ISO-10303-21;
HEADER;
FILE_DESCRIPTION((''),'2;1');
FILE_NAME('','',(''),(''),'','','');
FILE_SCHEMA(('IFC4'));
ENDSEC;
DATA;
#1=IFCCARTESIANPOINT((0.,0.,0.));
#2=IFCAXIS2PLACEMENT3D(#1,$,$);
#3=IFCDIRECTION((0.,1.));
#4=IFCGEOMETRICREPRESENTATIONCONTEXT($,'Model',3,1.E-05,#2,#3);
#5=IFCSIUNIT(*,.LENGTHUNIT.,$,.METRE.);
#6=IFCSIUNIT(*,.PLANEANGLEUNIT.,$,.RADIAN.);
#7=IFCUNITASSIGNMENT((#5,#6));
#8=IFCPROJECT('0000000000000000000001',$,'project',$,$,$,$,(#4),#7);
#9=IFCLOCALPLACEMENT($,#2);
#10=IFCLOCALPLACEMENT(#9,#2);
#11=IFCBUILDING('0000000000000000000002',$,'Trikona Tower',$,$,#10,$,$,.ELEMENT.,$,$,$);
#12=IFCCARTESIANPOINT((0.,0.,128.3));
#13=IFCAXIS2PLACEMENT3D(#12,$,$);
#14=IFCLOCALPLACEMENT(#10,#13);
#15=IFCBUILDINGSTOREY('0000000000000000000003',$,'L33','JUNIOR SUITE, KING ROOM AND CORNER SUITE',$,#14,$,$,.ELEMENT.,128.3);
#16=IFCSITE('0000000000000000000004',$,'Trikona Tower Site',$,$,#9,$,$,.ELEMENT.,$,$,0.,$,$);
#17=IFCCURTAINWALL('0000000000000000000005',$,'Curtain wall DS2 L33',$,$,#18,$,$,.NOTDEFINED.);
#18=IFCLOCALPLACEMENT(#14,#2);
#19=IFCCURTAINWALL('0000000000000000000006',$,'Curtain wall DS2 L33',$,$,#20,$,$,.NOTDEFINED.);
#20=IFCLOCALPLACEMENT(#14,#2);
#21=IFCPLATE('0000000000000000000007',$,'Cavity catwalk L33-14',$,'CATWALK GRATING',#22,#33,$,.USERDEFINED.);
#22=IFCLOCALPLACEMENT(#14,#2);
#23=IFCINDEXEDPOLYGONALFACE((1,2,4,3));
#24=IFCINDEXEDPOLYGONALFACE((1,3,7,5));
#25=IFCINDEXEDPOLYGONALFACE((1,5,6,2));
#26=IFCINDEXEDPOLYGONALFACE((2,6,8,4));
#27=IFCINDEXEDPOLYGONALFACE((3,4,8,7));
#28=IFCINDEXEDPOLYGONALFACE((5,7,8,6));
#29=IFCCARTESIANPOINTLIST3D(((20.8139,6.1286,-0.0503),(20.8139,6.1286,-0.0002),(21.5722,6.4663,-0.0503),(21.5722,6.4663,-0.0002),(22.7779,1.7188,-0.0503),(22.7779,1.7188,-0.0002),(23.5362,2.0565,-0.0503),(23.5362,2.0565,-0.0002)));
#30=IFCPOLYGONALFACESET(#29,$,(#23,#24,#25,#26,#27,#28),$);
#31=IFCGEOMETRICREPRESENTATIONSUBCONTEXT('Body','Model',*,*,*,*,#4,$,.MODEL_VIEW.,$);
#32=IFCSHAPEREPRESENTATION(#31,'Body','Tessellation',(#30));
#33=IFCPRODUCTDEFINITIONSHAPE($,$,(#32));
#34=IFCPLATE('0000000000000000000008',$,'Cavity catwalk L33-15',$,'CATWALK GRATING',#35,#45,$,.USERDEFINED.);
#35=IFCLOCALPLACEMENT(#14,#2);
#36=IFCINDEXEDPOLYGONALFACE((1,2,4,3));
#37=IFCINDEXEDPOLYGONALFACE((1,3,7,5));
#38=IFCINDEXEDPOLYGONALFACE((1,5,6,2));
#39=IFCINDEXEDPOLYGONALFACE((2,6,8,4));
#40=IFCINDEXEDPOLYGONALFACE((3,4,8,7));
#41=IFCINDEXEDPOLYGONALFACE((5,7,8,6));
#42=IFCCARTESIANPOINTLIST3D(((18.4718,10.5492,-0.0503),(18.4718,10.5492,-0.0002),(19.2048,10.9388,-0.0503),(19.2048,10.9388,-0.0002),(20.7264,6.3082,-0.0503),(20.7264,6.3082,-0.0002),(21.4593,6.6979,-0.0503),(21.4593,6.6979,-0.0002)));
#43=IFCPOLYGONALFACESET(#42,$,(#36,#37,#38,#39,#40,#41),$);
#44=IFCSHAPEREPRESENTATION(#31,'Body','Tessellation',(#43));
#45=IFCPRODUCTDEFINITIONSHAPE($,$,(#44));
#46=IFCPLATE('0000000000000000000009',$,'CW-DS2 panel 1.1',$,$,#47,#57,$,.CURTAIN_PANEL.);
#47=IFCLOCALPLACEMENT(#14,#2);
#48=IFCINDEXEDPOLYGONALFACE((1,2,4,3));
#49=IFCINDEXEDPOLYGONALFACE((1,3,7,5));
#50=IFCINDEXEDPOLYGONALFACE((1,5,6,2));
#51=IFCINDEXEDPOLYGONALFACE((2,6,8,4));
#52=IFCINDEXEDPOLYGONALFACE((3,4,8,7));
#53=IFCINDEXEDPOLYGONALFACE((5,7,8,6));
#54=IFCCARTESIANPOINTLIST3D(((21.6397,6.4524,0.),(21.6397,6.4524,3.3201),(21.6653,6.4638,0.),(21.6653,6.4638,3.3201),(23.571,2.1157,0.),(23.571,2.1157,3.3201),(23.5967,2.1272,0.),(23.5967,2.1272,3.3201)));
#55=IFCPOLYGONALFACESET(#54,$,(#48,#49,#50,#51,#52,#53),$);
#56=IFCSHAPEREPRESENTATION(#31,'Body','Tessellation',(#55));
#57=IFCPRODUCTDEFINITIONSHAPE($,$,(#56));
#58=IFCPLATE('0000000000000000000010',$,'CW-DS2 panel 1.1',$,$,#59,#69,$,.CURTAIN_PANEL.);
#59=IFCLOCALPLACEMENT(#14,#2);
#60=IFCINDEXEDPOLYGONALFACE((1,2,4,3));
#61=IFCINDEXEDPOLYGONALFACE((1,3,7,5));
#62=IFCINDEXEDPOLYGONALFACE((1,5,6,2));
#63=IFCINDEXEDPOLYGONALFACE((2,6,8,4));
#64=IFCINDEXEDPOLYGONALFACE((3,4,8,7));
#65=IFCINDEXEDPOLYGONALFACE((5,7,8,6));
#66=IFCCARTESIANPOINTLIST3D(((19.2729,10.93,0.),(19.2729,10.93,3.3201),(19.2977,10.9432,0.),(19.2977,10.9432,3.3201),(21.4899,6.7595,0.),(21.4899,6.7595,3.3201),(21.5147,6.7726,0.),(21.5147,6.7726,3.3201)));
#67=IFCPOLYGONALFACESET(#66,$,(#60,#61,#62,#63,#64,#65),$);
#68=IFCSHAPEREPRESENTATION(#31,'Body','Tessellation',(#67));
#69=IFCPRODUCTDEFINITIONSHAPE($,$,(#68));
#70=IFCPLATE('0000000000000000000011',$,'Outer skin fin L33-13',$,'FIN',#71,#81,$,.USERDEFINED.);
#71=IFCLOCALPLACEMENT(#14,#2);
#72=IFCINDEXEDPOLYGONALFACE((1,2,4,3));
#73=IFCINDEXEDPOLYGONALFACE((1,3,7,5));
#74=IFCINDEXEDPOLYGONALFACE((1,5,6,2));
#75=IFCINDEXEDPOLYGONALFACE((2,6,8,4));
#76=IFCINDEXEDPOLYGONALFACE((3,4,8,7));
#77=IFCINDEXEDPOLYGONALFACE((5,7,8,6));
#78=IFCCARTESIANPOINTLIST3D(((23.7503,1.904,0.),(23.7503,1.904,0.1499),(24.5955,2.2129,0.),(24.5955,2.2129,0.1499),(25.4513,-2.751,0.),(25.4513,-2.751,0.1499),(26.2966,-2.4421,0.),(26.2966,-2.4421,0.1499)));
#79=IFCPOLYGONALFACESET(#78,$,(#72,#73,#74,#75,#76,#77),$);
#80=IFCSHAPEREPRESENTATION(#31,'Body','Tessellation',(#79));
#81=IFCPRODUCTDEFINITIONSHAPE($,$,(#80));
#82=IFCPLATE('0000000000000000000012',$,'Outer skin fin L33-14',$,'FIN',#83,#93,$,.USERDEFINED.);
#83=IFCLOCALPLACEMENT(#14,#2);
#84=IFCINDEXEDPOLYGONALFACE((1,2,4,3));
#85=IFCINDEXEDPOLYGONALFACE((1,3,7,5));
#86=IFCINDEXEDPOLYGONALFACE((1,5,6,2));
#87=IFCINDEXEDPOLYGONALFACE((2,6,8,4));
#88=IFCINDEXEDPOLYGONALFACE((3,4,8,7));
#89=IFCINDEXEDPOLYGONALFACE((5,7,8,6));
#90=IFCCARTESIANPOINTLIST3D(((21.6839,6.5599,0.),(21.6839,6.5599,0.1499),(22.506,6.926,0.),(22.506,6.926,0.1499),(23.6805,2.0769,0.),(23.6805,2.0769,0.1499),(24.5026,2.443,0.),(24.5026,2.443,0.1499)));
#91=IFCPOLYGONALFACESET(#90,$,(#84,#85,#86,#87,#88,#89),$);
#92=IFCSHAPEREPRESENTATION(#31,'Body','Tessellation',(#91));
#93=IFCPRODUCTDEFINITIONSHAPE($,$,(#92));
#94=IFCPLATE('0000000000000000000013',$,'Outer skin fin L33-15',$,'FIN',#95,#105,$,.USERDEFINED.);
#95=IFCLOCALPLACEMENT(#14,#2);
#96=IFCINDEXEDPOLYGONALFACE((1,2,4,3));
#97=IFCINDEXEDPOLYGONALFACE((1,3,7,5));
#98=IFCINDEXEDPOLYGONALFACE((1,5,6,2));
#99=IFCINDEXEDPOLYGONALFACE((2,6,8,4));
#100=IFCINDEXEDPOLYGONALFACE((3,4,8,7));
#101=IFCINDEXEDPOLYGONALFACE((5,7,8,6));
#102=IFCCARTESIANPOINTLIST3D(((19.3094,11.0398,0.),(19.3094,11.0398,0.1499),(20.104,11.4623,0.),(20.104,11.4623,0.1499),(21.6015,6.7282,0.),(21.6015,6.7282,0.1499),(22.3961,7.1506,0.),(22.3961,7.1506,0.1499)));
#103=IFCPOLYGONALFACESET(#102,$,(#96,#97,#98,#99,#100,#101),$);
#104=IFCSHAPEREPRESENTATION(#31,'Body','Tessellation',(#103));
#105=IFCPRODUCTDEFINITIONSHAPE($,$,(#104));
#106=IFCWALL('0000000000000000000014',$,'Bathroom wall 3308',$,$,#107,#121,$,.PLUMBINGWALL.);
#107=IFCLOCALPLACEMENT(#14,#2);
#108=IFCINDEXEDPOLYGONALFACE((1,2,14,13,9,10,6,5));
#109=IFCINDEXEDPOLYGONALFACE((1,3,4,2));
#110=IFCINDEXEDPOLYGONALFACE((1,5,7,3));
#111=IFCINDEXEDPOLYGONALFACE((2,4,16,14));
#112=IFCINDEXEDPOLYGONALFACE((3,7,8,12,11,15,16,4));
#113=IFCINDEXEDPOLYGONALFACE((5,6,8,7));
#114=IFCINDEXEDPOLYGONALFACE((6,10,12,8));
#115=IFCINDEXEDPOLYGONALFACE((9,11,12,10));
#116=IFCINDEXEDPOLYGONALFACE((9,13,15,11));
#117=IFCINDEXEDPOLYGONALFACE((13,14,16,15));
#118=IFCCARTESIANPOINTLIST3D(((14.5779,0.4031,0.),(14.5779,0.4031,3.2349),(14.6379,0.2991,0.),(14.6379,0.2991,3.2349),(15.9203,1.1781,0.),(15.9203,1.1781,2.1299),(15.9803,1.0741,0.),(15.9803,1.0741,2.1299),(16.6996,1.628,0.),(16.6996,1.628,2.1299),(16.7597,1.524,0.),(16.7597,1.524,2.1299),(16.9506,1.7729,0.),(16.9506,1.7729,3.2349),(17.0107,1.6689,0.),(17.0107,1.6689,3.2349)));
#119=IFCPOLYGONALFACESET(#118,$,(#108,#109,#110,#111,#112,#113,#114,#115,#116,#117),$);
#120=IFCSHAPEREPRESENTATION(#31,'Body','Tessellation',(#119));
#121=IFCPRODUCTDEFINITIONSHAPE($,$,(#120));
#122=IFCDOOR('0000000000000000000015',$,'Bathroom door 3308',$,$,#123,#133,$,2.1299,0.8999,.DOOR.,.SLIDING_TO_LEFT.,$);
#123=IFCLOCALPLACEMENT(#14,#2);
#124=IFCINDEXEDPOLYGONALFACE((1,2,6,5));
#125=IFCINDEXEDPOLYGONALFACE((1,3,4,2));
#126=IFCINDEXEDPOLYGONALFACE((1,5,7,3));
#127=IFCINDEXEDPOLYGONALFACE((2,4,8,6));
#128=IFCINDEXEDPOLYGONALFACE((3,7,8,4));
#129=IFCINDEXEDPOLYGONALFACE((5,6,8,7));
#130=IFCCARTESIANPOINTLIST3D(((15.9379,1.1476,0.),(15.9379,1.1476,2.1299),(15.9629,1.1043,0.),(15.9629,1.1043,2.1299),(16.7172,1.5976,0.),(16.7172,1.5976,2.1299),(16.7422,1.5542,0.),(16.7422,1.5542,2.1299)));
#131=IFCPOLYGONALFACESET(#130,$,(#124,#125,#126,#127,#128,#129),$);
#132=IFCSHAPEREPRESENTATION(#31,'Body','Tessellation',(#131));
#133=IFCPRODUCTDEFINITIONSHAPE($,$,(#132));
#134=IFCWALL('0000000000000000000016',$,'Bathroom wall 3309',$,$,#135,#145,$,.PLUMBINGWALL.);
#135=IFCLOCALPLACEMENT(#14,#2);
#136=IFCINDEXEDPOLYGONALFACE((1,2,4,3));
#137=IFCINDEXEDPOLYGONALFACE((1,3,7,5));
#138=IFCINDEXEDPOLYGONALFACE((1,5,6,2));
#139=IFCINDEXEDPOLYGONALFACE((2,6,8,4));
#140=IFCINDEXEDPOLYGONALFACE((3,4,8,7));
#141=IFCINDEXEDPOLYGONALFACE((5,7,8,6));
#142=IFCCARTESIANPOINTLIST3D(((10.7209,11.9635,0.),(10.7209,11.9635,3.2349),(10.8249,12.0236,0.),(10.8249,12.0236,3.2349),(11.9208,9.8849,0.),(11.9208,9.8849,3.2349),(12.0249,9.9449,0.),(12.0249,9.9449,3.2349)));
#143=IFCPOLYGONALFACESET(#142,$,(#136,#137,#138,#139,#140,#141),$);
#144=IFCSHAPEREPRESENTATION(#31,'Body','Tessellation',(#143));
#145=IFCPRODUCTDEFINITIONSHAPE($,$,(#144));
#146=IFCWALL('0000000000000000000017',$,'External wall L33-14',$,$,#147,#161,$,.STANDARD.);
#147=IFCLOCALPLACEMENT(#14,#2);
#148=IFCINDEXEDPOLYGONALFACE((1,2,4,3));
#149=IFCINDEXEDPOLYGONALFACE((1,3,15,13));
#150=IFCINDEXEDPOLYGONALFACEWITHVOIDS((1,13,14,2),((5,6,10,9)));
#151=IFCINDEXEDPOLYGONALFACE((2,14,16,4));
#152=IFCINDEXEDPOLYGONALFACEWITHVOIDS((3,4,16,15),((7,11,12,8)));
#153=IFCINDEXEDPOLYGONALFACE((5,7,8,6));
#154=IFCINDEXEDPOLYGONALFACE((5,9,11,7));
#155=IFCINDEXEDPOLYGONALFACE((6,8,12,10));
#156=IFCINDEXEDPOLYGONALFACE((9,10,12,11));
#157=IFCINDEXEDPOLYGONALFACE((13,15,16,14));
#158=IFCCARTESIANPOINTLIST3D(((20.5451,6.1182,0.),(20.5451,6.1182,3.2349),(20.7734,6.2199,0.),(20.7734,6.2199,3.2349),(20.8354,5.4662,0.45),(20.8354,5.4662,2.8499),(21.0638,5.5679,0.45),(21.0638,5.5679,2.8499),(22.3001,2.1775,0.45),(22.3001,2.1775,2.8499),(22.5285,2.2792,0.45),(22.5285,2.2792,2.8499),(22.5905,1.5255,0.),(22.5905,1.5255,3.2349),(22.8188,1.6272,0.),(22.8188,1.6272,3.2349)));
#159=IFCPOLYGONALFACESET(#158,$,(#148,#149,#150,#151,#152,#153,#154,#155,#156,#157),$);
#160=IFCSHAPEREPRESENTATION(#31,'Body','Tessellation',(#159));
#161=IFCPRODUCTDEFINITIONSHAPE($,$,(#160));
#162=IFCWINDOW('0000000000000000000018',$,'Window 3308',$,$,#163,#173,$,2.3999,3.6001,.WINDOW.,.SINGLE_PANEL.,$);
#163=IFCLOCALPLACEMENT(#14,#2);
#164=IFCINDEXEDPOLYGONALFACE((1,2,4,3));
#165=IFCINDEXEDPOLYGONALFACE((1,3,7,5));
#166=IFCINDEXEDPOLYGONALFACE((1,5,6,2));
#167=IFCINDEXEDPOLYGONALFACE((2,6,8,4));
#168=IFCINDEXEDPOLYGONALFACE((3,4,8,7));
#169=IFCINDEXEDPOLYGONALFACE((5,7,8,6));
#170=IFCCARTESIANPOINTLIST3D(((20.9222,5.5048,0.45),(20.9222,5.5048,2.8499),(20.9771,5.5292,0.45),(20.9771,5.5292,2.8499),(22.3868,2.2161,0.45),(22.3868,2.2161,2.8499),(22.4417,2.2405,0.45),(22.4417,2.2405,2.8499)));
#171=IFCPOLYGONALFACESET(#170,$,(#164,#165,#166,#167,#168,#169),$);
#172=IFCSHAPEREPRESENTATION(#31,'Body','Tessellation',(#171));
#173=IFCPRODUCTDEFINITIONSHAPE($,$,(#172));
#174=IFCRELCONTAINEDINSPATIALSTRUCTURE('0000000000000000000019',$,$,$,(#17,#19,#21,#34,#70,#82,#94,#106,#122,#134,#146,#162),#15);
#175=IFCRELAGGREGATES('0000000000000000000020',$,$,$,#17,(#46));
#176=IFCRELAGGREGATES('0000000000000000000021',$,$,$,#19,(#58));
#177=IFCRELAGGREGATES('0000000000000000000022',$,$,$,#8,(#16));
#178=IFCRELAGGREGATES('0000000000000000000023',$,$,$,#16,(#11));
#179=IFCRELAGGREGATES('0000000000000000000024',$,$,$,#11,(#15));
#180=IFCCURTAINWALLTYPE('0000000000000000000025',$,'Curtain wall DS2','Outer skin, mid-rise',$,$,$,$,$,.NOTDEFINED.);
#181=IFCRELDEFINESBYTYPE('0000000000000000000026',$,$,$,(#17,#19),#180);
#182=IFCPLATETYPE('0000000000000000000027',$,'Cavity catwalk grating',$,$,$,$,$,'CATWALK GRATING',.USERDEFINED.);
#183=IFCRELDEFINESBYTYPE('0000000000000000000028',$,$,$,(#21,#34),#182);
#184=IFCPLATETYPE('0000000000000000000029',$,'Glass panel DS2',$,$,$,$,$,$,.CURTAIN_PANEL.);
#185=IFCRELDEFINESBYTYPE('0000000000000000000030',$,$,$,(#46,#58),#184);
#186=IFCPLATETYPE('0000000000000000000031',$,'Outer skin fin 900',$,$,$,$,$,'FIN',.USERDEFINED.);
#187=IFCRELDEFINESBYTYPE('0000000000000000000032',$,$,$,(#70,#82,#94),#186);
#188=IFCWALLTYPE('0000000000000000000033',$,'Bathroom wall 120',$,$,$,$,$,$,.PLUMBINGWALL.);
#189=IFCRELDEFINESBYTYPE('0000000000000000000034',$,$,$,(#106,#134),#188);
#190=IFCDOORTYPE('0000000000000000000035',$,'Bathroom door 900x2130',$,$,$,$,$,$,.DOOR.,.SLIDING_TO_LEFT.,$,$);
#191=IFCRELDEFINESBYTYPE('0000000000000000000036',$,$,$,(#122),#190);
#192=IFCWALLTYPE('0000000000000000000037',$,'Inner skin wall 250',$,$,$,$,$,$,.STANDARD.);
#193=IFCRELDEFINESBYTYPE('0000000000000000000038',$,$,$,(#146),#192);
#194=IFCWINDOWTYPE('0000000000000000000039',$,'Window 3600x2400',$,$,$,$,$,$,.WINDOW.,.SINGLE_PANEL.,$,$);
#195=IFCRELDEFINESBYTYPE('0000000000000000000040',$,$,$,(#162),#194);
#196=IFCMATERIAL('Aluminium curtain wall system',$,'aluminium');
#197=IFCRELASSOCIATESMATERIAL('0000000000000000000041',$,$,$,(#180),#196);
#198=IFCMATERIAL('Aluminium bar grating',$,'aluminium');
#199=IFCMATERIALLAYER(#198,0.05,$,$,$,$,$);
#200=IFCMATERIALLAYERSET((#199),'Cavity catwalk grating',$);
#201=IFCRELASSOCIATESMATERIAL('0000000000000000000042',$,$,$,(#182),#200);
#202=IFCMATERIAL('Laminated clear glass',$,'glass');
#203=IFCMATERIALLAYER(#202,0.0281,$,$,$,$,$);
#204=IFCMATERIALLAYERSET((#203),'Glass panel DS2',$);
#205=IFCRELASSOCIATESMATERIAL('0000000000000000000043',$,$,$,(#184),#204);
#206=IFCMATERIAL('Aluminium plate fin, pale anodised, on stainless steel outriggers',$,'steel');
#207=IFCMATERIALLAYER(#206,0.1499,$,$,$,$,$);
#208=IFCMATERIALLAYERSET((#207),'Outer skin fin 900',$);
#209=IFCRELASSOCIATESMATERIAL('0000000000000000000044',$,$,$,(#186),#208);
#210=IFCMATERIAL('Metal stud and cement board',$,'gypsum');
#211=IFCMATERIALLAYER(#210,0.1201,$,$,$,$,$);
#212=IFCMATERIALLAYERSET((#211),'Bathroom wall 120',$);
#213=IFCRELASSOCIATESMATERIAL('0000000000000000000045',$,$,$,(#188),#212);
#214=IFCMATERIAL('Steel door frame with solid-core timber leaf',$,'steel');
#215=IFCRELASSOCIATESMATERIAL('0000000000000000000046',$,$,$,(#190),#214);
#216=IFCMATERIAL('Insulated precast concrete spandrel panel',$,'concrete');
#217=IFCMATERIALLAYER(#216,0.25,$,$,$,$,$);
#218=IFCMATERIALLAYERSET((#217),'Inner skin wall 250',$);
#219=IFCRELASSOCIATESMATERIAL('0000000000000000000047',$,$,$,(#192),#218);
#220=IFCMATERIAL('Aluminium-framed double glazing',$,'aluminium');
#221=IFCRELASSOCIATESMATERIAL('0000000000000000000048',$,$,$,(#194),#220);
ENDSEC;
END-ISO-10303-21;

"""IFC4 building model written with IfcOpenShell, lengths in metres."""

from ifc_helpers import new_model, si_unit, direction, frame, frame_2d, origin, origin_2d, place, context, subcontext, project, spatial, rectangle, extrude, material, layer, layer_set, type_object, element, fill, aggregate, save


model = new_model("IFC4")

# Units and contexts
model_context = context("Model", 3, precision=1e-05, world=origin(), true_north=direction((0.0, 1.0)))
body_context = subcontext(model_context, "Body", "Model", "MODEL_VIEW")
ifc_project = project(units=[si_unit("LENGTHUNIT", "METRE"), si_unit("PLANEANGLEUNIT", "RADIAN")], contexts=[model_context])

# Site, building, storey
site_placement = place(None, origin())
site = spatial("IfcSite", under=ifc_project, at=site_placement, Name="Trikona Tower Site", CompositionType="ELEMENT", RefElevation=0.0)
building_placement = place(site_placement, origin())
building = spatial("IfcBuilding", under=site, at=building_placement, Name="Trikona Tower", CompositionType="ELEMENT")
storey_placement = place(building_placement, frame((0.0, 0.0, 128.3)))
storey = spatial("IfcBuildingStorey", under=building, at=storey_placement, Name="L33", Description="JUNIOR SUITE, KING ROOM AND CORNER SUITE", CompositionType="ELEMENT", Elevation=128.3)

# Shared definitions
ifc_material_1 = material(Name="Aluminium curtain wall system", Category="aluminium")
curtain_wall_type = type_object("IfcCurtainWallType", Name="Curtain wall DS2", Description="Outer skin, mid-rise", PredefinedType="NOTDEFINED", material=ifc_material_1)

# Curtain walls
curtain_wall_1_placement = place(storey_placement, origin())
curtain_wall_1 = element("IfcCurtainWall", 1, at=curtain_wall_1_placement, inside=storey, type_object=curtain_wall_type, Name="Curtain wall DS2 L33", PredefinedType="NOTDEFINED")
curtain_wall_2_placement = place(storey_placement, origin())
curtain_wall_2 = element("IfcCurtainWall", 2, at=curtain_wall_2_placement, inside=storey, type_object=curtain_wall_type, Name="Curtain wall DS2 L33", PredefinedType="NOTDEFINED")

# Plates
ifc_material_2 = material(Name="Aluminium bar grating", Category="aluminium")
ifc_layer_1 = layer(ifc_material_2, 0.05)
ifc_layer_set_1 = layer_set([ifc_layer_1], Name="Cavity catwalk grating")
plate_type_1 = type_object("IfcPlateType", Name="Cavity catwalk grating", ElementType="CATWALK GRATING", PredefinedType="USERDEFINED", material=ifc_layer_set_1)
plate_1_placement = place(storey_placement, frame((22.175, 4.0925, -0.0503), z_axis=(0.0, 0.0, 1.0), x_axis=(-0.406843, 0.913498, 0.0)))
element("IfcPlate", 3, at=plate_1_placement, inside=storey, type_object=plate_type_1, Name="Cavity catwalk L33-14", ObjectType="CATWALK GRATING", PredefinedType="USERDEFINED", context=body_context, shape_type="SweptSolid", body=[
    extrude(rectangle(XDim=4.8274, YDim=0.8301, at=origin_2d()), origin(), (0.0, 0.0, 1.0), 0.05),
])
plate_2_placement = place(storey_placement, frame((19.9656, 8.6235, -0.0503), z_axis=(0.0, 0.0, 1.0), x_axis=(-0.469398, 0.882987, 0.0)))
element("IfcPlate", 4, at=plate_2_placement, inside=storey, type_object=plate_type_1, Name="Cavity catwalk L33-15", ObjectType="CATWALK GRATING", PredefinedType="USERDEFINED", context=body_context, shape_type="SweptSolid", body=[
    extrude(rectangle(XDim=4.803, YDim=0.8301, at=origin_2d()), origin(), (0.0, 0.0, 1.0), 0.05),
])

# Plates
ifc_material_3 = material(Name="Laminated clear glass", Category="glass")
ifc_layer_2 = layer(ifc_material_3, 0.0281)
ifc_layer_set_2 = layer_set([ifc_layer_2], Name="Glass panel DS2")
plate_type_2 = type_object("IfcPlateType", Name="Glass panel DS2", PredefinedType="CURTAIN_PANEL", material=ifc_layer_set_2)
plate_3_placement = place(storey_placement, frame((22.6182, 4.2898, 0.0), z_axis=(0.0, 0.0, 1.0), x_axis=(-0.406836, 0.913501, 0.0)))
plate_3 = element("IfcPlate", 5, at=plate_3_placement, type_object=plate_type_2, Name="CW-DS2 panel 1.1", PredefinedType="CURTAIN_PANEL", context=body_context, shape_type="SweptSolid", body=[
    extrude(rectangle(XDim=4.7473, YDim=0.0281, at=origin_2d()), origin(), (0.0, 0.0, 1.0), 3.3201),
])
aggregate(curtain_wall_1, [plate_3])
plate_4_placement = place(storey_placement, frame((20.3938, 8.8513, 0.0), z_axis=(0.0, 0.0, 1.0), x_axis=(-0.46938, 0.882996, 0.0)))
plate_4 = element("IfcPlate", 6, at=plate_4_placement, type_object=plate_type_2, Name="CW-DS2 panel 1.1", PredefinedType="CURTAIN_PANEL", context=body_context, shape_type="SweptSolid", body=[
    extrude(rectangle(XDim=4.7231, YDim=0.0281, at=origin_2d()), origin(), (0.0, 0.0, 1.0), 3.3201),
])
aggregate(curtain_wall_2, [plate_4])

# Plates
ifc_material_4 = material(Name="Aluminium plate fin, pale anodised, on stainless steel outriggers", Category="steel")
ifc_layer_3 = layer(ifc_material_4, 0.1499)
ifc_layer_set_3 = layer_set([ifc_layer_3], Name="Outer skin fin 900")
plate_type_3 = type_object("IfcPlateType", Name="Outer skin fin 900", ElementType="FIN", PredefinedType="USERDEFINED", material=ifc_layer_set_3)
plate_5_placement = place(storey_placement, frame((25.0234, -0.269, 0.0), z_axis=(0.0, 0.0, 1.0), x_axis=(-0.34322, 0.939255, 0.0)))
element("IfcPlate", 7, at=plate_5_placement, inside=storey, type_object=plate_type_3, Name="Outer skin fin L33-13", ObjectType="FIN", PredefinedType="USERDEFINED", context=body_context, shape_type="SweptSolid", body=[
    extrude(rectangle(XDim=4.9561, YDim=0.8999, at=origin_2d()), origin(), (0.0, 0.0, 1.0), 0.1499),
])
plate_6_placement = place(storey_placement, frame((23.0933, 4.5015, 0.0), z_axis=(0.0, 0.0, 1.0), x_axis=(-0.406843, 0.913498, 0.0)))
element("IfcPlate", 8, at=plate_6_placement, inside=storey, type_object=plate_type_3, Name="Outer skin fin L33-14", ObjectType="FIN", PredefinedType="USERDEFINED", context=body_context, shape_type="SweptSolid", body=[
    extrude(rectangle(XDim=4.9075, YDim=0.8999, at=origin_2d()), origin(), (0.0, 0.0, 1.0), 0.1499),
])
plate_7_placement = place(storey_placement, frame((20.8528, 9.0952, 0.0), z_axis=(0.0, 0.0, 1.0), x_axis=(-0.469398, 0.882987, 0.0)))
element("IfcPlate", 9, at=plate_7_placement, inside=storey, type_object=plate_type_3, Name="Outer skin fin L33-15", ObjectType="FIN", PredefinedType="USERDEFINED", context=body_context, shape_type="SweptSolid", body=[
    extrude(rectangle(XDim=4.8831, YDim=0.8999, at=origin_2d()), origin(), (0.0, 0.0, 1.0), 0.1499),
])

# Wall, opening, door
ifc_material_5 = material(Name="Metal stud and cement board", Category="gypsum")
ifc_layer_4 = layer(ifc_material_5, 0.1201)
ifc_layer_set_4 = layer_set([ifc_layer_4], Name="Bathroom wall 120")
wall_type_1 = type_object("IfcWallType", Name="Bathroom wall 120", PredefinedType="PLUMBINGWALL", material=ifc_layer_set_4)
wall_1_placement = place(storey_placement, frame((14.6079, 0.3511, 0.0), z_axis=(0.0, 0.0, 1.0), x_axis=(0.866036, 0.499982, 0.0)))
wall_1 = element("IfcWall", 10, at=wall_1_placement, inside=storey, type_object=wall_type_1, Name="Bathroom wall 3308", PredefinedType="PLUMBINGWALL", context=body_context, shape_type="SweptSolid", body=[
    extrude(rectangle(XDim=2.7397, YDim=0.1201, at=frame_2d((1.3699, 0.0))), origin(), (0.0, 0.0, 1.0), 3.2349),
])
opening_1_placement = place(wall_1_placement, frame((1.55, 0.0, 0.0)))
opening_1 = element("IfcOpeningElement", 11, at=opening_1_placement, cuts=wall_1, PredefinedType="OPENING", context=body_context, shape_type="SweptSolid", body=[
    extrude(rectangle(XDim=0.8999, YDim=2.1299, at=frame_2d((0.45, 1.0649))), frame((0.0, 0.0701, 0.0), z_axis=(0.0, -1.0, 0.0), x_axis=(1.0, 0.0, 0.0)), (0.0, 0.0, 1.0), 0.1401),
])
ifc_material_6 = material(Name="Steel door frame with solid-core timber leaf", Category="steel")
door_type = type_object("IfcDoorType", Name="Bathroom door 900x2130", OperationType="SLIDING_TO_LEFT", PredefinedType="DOOR", material=ifc_material_6)
door_placement = place(opening_1_placement, origin())
door = element("IfcDoor", 12, at=door_placement, inside=storey, type_object=door_type, Name="Bathroom door 3308", OperationType="SLIDING_TO_LEFT", OverallHeight=2.1299, OverallWidth=0.8999, PredefinedType="DOOR", context=body_context, shape_type="SweptSolid", body=[
    extrude(rectangle(XDim=0.8999, YDim=2.1299, at=frame_2d((0.45, 1.0649))), frame((0.0, 0.0249, 0.0), z_axis=(0.0, -1.0, 0.0), x_axis=(1.0, 0.0, 0.0)), (0.0, 0.0, 1.0), 0.05),
])
fill(opening_1, door)

# Wall
wall_2_placement = place(storey_placement, frame((11.9729, 9.9148, 0.0), z_axis=(0.0, 0.0, 1.0), x_axis=(-0.499957, 0.86605, 0.0)))
element("IfcWall", 13, at=wall_2_placement, inside=storey, type_object=wall_type_1, Name="Bathroom wall 3309", PredefinedType="PLUMBINGWALL", context=body_context, shape_type="SweptSolid", body=[
    extrude(rectangle(XDim=2.4001, YDim=0.1201, at=frame_2d((1.2002, 0.0))), origin(), (0.0, 0.0, 1.0), 3.2349),
])

# Wall, opening, window
ifc_material_7 = material(Name="Insulated precast concrete spandrel panel", Category="concrete")
ifc_layer_5 = layer(ifc_material_7, 0.25)
ifc_layer_set_5 = layer_set([ifc_layer_5], Name="Inner skin wall 250")
wall_type_2 = type_object("IfcWallType", Name="Inner skin wall 250", PredefinedType="STANDARD", material=ifc_layer_set_5)
wall_3_placement = place(storey_placement, frame((22.7046, 1.5764, 0.0), z_axis=(0.0, 0.0, 1.0), x_axis=(-0.406832, 0.913503, 0.0)))
wall_3 = element("IfcWall", 14, at=wall_3_placement, inside=storey, type_object=wall_type_2, Name="External wall L33-14", PredefinedType="STANDARD", context=body_context, shape_type="SweptSolid", body=[
    extrude(rectangle(XDim=5.0276, YDim=0.25, at=frame_2d((2.5137, 0.0))), origin(), (0.0, 0.0, 1.0), 3.2349),
])
opening_2_placement = place(wall_3_placement, frame((0.7136, 0.0, 0.45)))
opening_2 = element("IfcOpeningElement", 15, at=opening_2_placement, cuts=wall_3, PredefinedType="OPENING", context=body_context, shape_type="SweptSolid", body=[
    extrude(rectangle(XDim=3.6001, YDim=2.3999, at=frame_2d((1.8, 1.2))), frame((0.0, 0.135, 0.0), z_axis=(0.0, -1.0, 0.0), x_axis=(1.0, 0.0, 0.0)), (0.0, 0.0, 1.0), 0.27),
])
ifc_material_8 = material(Name="Aluminium-framed double glazing", Category="aluminium")
window_type = type_object("IfcWindowType", Name="Window 3600x2400", PartitioningType="SINGLE_PANEL", PredefinedType="WINDOW", material=ifc_material_8)
window_1_placement = place(opening_2_placement, origin())
window_1 = element("IfcWindow", 16, at=window_1_placement, inside=storey, type_object=window_type, Name="Window 3308", OverallHeight=2.3999, OverallWidth=3.6001, PartitioningType="SINGLE_PANEL", PredefinedType="WINDOW", context=body_context, shape_type="SweptSolid", body=[
    extrude(rectangle(XDim=3.6001, YDim=2.3999, at=frame_2d((1.8, 1.2))), frame((0.0, 0.03, 0.0), z_axis=(0.0, -1.0, 0.0), x_axis=(1.0, 0.0, 0.0)), (0.0, 0.0, 1.0), 0.0601),
])
fill(opening_2, window_1)

save(model, "model.ifc")
